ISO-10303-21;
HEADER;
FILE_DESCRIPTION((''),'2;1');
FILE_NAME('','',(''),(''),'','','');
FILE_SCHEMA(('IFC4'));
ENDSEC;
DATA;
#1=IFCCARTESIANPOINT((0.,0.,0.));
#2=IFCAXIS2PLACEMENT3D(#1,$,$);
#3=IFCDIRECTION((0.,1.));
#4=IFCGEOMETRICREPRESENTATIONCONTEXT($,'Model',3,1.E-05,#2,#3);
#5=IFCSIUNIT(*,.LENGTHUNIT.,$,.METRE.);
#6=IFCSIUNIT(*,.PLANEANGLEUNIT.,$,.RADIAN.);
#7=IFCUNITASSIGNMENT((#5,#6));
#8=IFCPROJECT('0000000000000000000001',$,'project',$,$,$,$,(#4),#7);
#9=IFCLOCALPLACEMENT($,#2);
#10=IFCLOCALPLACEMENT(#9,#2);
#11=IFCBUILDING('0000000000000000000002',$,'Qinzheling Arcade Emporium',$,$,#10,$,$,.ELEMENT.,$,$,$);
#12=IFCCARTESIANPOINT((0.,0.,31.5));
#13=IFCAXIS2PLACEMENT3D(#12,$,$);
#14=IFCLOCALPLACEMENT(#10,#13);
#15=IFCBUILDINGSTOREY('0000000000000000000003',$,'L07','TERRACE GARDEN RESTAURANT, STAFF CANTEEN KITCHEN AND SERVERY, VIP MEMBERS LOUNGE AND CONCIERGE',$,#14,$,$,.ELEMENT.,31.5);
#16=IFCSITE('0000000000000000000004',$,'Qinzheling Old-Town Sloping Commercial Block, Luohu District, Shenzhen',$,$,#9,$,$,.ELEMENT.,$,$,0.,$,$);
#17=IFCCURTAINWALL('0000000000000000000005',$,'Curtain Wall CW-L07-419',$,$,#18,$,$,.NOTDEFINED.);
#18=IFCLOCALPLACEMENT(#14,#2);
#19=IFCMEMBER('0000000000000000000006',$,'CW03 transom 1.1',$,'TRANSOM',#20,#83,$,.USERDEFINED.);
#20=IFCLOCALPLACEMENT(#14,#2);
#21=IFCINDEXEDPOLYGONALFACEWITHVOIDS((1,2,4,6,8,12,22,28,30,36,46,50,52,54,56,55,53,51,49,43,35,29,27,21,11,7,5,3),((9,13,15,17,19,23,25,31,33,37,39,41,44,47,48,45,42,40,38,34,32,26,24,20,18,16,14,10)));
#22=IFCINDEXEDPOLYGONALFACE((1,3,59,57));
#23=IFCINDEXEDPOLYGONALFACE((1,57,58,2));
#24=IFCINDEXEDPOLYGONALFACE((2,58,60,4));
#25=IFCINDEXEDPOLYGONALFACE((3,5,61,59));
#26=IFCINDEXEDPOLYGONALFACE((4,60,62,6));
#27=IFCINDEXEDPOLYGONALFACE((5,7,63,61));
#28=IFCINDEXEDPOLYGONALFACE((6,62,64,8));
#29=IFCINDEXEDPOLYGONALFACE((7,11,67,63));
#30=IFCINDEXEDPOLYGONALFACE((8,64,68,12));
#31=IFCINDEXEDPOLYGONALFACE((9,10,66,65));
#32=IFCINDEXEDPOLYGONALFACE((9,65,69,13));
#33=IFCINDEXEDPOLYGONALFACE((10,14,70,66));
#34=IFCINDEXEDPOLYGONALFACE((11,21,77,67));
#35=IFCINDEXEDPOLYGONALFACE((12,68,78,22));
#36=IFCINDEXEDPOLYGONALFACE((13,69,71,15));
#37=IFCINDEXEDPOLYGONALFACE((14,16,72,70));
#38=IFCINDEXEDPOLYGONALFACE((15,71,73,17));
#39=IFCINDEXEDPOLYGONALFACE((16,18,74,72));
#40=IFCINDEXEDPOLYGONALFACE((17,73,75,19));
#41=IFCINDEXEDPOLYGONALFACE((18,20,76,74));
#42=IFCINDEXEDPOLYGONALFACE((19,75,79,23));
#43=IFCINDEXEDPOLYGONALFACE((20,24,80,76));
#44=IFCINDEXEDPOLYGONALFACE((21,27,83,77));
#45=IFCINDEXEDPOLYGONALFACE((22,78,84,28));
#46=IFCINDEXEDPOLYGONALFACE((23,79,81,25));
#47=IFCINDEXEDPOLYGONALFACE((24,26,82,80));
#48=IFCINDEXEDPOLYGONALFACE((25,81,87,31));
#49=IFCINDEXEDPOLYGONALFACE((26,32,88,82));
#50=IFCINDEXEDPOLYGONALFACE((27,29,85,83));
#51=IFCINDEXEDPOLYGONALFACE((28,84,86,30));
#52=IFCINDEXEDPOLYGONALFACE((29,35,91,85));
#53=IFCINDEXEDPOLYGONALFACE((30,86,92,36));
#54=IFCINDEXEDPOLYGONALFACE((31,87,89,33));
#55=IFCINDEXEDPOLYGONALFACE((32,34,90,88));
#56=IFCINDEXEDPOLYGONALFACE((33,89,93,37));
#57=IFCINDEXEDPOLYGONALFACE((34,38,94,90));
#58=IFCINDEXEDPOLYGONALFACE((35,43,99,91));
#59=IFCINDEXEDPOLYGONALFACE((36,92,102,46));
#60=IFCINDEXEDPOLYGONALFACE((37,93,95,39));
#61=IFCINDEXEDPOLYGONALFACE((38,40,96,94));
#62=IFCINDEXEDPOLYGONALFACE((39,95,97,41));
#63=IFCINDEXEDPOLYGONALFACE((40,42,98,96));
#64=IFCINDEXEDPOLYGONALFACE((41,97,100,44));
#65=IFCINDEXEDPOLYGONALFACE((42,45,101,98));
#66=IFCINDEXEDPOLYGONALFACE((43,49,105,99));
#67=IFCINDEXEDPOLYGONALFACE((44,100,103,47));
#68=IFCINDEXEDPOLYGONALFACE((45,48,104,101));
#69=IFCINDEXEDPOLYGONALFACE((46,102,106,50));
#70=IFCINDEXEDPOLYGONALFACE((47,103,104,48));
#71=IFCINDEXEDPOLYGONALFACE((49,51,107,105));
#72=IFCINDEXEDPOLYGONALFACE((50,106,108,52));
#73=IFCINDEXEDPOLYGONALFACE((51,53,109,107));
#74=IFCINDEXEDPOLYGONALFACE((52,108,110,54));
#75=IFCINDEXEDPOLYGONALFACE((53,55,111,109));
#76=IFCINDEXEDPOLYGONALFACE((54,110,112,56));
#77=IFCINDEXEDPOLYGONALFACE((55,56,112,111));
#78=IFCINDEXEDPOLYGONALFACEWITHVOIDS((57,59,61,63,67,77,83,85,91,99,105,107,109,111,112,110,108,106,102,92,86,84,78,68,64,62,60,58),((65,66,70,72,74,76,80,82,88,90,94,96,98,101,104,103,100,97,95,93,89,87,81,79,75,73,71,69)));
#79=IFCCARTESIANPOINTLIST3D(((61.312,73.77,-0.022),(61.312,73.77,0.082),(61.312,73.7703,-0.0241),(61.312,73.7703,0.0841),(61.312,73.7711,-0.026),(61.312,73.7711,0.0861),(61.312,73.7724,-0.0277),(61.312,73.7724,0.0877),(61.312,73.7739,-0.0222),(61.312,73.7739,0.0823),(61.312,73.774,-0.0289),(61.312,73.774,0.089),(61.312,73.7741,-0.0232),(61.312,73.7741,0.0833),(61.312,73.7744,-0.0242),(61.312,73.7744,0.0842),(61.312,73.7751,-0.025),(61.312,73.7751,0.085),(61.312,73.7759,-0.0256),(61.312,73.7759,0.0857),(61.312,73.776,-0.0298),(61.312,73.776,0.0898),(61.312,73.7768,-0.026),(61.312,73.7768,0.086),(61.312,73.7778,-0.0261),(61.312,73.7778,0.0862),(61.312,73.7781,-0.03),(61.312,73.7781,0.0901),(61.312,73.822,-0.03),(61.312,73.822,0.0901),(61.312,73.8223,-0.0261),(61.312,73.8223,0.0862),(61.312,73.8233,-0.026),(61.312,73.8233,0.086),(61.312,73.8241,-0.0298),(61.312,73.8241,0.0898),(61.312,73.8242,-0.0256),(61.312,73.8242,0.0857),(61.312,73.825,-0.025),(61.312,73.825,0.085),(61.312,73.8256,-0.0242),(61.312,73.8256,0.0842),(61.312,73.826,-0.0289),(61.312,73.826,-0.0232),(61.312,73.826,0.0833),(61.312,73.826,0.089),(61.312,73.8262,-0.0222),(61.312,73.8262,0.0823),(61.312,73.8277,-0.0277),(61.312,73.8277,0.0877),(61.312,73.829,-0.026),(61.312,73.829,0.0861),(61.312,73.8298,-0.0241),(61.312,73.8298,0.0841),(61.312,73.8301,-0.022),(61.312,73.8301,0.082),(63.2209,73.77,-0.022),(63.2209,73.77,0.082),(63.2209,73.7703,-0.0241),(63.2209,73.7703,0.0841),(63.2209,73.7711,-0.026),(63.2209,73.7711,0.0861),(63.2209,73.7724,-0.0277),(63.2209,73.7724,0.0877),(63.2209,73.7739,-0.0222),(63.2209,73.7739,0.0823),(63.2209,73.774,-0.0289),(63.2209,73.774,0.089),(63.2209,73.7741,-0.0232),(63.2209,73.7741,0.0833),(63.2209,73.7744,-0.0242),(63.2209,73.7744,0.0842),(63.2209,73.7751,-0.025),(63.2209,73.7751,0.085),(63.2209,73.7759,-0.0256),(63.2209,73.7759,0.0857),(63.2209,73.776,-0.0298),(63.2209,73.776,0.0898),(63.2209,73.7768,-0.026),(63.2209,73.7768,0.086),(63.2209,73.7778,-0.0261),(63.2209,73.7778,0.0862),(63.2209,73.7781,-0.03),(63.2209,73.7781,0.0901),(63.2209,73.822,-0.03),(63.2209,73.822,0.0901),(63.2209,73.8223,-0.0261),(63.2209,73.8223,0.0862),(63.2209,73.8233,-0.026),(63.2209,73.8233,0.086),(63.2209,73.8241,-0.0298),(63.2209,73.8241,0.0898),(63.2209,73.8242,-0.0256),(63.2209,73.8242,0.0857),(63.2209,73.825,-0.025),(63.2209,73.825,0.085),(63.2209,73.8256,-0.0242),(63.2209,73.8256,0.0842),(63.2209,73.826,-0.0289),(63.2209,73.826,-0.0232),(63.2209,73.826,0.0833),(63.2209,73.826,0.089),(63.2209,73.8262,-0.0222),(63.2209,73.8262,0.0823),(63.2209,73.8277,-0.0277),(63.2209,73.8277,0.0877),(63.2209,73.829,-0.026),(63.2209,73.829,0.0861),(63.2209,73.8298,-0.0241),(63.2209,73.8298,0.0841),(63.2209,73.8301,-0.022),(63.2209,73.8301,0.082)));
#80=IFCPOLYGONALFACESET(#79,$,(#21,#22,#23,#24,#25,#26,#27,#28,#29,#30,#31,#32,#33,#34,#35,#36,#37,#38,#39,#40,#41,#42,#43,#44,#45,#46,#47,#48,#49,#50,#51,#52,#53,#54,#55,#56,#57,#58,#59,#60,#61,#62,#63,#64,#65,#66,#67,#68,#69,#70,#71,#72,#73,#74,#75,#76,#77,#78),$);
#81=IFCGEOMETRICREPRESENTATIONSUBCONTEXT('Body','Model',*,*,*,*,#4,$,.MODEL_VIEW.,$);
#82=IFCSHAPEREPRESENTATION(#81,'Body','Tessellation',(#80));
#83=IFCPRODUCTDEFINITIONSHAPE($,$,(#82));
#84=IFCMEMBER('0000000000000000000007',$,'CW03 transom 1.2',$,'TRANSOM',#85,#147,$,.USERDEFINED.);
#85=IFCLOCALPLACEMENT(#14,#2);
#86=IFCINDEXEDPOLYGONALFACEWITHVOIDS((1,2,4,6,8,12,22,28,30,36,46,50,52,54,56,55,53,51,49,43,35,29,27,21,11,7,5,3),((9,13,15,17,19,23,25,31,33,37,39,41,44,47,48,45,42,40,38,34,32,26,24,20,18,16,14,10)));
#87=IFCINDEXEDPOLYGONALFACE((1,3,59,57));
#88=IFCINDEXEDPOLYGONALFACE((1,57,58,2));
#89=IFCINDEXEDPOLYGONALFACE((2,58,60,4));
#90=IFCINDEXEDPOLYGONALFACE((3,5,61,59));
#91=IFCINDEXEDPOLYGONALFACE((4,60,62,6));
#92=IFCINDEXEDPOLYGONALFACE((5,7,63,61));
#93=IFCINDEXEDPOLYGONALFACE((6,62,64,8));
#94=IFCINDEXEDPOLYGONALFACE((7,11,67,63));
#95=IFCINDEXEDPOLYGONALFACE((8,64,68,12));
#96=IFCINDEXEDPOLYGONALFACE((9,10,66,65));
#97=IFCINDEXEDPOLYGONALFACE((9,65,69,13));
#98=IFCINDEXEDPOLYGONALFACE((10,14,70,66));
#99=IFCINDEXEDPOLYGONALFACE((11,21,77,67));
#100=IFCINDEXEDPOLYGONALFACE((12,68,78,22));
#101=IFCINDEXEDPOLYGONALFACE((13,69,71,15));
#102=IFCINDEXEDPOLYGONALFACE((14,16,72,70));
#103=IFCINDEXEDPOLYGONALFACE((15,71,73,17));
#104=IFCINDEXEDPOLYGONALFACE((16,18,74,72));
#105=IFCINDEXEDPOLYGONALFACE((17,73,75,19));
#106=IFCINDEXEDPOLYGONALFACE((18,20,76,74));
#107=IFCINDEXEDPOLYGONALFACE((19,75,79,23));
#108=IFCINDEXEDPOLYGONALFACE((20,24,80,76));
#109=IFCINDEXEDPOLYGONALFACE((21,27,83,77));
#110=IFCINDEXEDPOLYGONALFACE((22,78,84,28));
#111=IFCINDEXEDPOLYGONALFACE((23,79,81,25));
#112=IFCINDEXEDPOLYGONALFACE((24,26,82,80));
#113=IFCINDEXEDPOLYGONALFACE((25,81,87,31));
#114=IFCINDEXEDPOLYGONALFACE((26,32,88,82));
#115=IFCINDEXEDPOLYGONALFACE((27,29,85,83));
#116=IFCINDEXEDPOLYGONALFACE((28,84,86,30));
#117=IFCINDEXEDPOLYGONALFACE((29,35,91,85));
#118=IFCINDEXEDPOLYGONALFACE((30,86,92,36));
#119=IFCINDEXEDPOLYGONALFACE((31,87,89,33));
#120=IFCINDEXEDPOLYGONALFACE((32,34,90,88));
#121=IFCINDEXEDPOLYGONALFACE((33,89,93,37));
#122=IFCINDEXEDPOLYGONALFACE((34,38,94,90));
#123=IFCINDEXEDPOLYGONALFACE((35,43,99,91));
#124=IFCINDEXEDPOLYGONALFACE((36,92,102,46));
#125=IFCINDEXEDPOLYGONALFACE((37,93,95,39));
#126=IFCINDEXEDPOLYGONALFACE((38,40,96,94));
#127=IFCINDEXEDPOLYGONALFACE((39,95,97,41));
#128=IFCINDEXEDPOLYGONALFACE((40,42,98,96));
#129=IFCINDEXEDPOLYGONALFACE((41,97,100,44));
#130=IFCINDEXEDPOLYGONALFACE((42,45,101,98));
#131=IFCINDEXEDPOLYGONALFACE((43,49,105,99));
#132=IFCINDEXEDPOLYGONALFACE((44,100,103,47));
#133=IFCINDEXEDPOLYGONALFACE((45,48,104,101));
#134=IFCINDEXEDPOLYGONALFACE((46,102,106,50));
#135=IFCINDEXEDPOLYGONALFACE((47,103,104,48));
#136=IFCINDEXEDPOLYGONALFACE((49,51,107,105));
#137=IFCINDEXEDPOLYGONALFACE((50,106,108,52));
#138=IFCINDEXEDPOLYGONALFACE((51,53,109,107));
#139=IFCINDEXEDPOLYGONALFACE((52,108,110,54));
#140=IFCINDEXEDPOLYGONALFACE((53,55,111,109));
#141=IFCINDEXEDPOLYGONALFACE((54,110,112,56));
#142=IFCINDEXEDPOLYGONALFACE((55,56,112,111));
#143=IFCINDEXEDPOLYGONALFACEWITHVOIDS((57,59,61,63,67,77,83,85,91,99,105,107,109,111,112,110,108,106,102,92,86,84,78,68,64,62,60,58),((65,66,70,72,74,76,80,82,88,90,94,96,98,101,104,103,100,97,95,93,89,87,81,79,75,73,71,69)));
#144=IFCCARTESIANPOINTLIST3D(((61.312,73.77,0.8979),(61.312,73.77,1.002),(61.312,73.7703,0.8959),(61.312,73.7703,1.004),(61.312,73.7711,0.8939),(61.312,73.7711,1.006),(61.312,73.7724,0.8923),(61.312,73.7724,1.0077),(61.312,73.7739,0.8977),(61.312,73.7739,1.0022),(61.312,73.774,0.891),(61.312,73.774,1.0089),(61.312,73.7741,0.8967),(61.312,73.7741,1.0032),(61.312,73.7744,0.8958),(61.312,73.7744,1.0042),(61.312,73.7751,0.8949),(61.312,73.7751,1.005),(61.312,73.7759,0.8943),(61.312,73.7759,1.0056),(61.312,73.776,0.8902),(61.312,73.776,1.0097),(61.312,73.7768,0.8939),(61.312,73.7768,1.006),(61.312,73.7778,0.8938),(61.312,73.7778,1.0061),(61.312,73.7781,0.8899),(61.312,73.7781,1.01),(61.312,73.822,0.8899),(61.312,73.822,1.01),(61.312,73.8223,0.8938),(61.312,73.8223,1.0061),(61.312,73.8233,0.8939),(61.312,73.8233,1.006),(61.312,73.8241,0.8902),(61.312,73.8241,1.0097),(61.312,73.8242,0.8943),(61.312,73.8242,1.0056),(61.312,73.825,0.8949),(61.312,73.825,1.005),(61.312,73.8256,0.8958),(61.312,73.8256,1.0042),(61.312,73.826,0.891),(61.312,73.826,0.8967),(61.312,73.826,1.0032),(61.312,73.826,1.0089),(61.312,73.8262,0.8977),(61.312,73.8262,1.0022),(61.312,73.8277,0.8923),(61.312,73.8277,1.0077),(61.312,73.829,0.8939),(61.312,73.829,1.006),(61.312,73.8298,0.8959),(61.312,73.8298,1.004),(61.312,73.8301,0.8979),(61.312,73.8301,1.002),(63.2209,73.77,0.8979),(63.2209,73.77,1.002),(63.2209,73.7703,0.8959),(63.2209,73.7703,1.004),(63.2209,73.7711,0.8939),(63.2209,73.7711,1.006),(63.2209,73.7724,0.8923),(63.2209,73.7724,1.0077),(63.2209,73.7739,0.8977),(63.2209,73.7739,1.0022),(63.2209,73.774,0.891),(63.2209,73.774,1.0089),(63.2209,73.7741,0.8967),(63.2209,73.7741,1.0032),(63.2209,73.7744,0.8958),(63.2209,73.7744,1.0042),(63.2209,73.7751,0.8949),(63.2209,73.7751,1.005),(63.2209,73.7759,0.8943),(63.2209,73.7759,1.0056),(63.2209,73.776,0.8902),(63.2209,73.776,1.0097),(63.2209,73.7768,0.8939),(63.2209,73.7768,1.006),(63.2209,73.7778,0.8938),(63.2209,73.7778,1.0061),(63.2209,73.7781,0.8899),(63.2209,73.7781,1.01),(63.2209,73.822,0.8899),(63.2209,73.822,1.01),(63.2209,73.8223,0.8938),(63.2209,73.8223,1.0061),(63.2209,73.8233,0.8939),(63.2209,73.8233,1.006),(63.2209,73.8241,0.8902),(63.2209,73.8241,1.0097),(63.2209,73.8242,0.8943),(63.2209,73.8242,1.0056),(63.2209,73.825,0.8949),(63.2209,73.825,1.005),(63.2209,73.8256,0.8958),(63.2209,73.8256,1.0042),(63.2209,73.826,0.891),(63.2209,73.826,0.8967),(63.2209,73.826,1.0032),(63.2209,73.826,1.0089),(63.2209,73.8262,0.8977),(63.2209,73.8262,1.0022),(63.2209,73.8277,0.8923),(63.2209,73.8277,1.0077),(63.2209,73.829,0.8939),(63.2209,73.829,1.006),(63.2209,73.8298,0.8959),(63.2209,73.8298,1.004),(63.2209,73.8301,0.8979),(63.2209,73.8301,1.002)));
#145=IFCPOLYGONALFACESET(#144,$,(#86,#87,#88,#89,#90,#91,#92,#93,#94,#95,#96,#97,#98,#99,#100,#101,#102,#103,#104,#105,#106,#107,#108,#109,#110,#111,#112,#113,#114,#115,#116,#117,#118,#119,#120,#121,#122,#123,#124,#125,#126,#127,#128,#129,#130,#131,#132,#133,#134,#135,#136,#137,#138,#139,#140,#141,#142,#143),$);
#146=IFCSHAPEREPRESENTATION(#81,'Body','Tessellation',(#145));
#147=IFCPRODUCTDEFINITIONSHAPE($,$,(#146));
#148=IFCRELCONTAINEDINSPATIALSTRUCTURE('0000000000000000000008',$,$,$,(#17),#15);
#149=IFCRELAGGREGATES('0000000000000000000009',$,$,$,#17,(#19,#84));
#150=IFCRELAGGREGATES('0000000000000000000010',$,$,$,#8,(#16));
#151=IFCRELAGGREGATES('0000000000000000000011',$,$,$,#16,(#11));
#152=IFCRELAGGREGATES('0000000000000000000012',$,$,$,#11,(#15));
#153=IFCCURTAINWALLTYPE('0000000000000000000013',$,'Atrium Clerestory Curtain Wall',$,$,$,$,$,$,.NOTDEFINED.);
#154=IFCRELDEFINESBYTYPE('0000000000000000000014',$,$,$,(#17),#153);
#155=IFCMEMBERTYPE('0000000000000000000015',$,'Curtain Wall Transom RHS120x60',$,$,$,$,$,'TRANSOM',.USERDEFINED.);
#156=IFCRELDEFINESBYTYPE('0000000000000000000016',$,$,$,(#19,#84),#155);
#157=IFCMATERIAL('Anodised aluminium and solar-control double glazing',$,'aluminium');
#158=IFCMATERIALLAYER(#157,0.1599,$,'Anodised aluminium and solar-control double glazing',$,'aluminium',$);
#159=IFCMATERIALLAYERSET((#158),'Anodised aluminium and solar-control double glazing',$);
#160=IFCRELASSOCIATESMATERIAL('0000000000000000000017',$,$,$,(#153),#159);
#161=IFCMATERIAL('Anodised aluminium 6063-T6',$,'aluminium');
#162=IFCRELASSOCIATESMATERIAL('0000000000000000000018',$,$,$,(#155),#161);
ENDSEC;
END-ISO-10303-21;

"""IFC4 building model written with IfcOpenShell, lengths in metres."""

from ifc_helpers import new_model, si_unit, direction, frame, origin, origin_2d, place, context, subcontext, project, spatial, hollow_rectangle, extrude, material, layer, layer_set, material_profile, profile_set, type_object, element, aggregate, save


model = new_model("IFC4")

# Units and contexts
model_context = context("Model", 3, precision=1e-05, world=origin(), true_north=direction((0.0, 1.0)))
body_context = subcontext(model_context, "Body", "Model", "MODEL_VIEW")
ifc_project = project(units=[si_unit("LENGTHUNIT", "METRE"), si_unit("PLANEANGLEUNIT", "RADIAN")], contexts=[model_context])

# Site, building, storey
site_placement = place(None, origin())
site = spatial("IfcSite", under=ifc_project, at=site_placement, Name="Qinzheling Old-Town Sloping Commercial Block, Luohu District, Shenzhen", CompositionType="ELEMENT", RefElevation=0.0)
building_placement = place(site_placement, origin())
building = spatial("IfcBuilding", under=site, at=building_placement, Name="Qinzheling Arcade Emporium", CompositionType="ELEMENT")
storey_placement = place(building_placement, frame((0.0, 0.0, 31.5)))
storey = spatial("IfcBuildingStorey", under=building, at=storey_placement, Name="L07", Description="TERRACE GARDEN RESTAURANT, STAFF CANTEEN KITCHEN AND SERVERY, VIP MEMBERS LOUNGE AND CONCIERGE", CompositionType="ELEMENT", Elevation=31.5)

# Curtain wall
ifc_material_1 = material(Name="Anodised aluminium and solar-control double glazing", Category="aluminium")
ifc_layer_1 = layer(ifc_material_1, 0.1599, Name="Anodised aluminium and solar-control double glazing", Category="aluminium")
ifc_layer_set_1 = layer_set([ifc_layer_1], Name="Anodised aluminium and solar-control double glazing")
curtain_wall_type = type_object("IfcCurtainWallType", Name="Atrium Clerestory Curtain Wall", PredefinedType="NOTDEFINED", material=ifc_layer_set_1)
ifc_material_2 = material(Name="Anodised aluminium 6063-T6", Category="aluminium")
curtain_wall_1_placement = place(storey_placement, origin())
curtain_wall_1 = element("IfcCurtainWall", 1, at=curtain_wall_1_placement, inside=storey, type_object=curtain_wall_type, Name="Curtain Wall CW-L07-419", PredefinedType="NOTDEFINED")

# Members
ifc_material_profile_1 = material_profile(ifc_material_2, hollow_rectangle(XDim=0.0601, YDim=0.1201, WallThickness=0.0039, InnerFilletRadius=0.0039, OuterFilletRadius=0.0081, at=origin_2d()), Name="RHS 120x60x4", Category="aluminium")
ifc_profile_set_1 = profile_set([ifc_material_profile_1], Name="Anodised aluminium 6063-T6")
member_type_1 = type_object("IfcMemberType", Name="Curtain Wall Transom RHS120x60", ElementType="TRANSOM", PredefinedType="USERDEFINED", material=ifc_profile_set_1)
member_1_placement = place(storey_placement, frame((61.312, 73.8, 0.03), z_axis=(1.0, 0.0, 0.0), x_axis=(0.0, 1.0, 0.0)))
member_1 = element("IfcMember", 2, at=member_1_placement, type_object=member_type_1, Name="CW03 transom 1.1", ObjectType="TRANSOM", PredefinedType="USERDEFINED", context=body_context, shape_type="SweptSolid", body=[
    extrude(hollow_rectangle(XDim=0.0601, YDim=0.1201, WallThickness=0.0039, InnerFilletRadius=0.0039, OuterFilletRadius=0.0081, at=origin_2d()), origin(), (0.0, 0.0, 1.0), 1.9089),
])
member_2_placement = place(storey_placement, frame((61.312, 73.8, 0.95), z_axis=(1.0, 0.0, 0.0), x_axis=(0.0, 1.0, 0.0)))
member_2 = element("IfcMember", 3, at=member_2_placement, type_object=member_type_1, Name="CW03 transom 1.2", ObjectType="TRANSOM", PredefinedType="USERDEFINED", context=body_context, shape_type="SweptSolid", body=[
    extrude(hollow_rectangle(XDim=0.0601, YDim=0.1201, WallThickness=0.0039, InnerFilletRadius=0.0039, OuterFilletRadius=0.0081, at=origin_2d()), origin(), (0.0, 0.0, 1.0), 1.9089),
])

aggregate(curtain_wall_1, [member_1, member_2])

save(model, "model.ifc")
